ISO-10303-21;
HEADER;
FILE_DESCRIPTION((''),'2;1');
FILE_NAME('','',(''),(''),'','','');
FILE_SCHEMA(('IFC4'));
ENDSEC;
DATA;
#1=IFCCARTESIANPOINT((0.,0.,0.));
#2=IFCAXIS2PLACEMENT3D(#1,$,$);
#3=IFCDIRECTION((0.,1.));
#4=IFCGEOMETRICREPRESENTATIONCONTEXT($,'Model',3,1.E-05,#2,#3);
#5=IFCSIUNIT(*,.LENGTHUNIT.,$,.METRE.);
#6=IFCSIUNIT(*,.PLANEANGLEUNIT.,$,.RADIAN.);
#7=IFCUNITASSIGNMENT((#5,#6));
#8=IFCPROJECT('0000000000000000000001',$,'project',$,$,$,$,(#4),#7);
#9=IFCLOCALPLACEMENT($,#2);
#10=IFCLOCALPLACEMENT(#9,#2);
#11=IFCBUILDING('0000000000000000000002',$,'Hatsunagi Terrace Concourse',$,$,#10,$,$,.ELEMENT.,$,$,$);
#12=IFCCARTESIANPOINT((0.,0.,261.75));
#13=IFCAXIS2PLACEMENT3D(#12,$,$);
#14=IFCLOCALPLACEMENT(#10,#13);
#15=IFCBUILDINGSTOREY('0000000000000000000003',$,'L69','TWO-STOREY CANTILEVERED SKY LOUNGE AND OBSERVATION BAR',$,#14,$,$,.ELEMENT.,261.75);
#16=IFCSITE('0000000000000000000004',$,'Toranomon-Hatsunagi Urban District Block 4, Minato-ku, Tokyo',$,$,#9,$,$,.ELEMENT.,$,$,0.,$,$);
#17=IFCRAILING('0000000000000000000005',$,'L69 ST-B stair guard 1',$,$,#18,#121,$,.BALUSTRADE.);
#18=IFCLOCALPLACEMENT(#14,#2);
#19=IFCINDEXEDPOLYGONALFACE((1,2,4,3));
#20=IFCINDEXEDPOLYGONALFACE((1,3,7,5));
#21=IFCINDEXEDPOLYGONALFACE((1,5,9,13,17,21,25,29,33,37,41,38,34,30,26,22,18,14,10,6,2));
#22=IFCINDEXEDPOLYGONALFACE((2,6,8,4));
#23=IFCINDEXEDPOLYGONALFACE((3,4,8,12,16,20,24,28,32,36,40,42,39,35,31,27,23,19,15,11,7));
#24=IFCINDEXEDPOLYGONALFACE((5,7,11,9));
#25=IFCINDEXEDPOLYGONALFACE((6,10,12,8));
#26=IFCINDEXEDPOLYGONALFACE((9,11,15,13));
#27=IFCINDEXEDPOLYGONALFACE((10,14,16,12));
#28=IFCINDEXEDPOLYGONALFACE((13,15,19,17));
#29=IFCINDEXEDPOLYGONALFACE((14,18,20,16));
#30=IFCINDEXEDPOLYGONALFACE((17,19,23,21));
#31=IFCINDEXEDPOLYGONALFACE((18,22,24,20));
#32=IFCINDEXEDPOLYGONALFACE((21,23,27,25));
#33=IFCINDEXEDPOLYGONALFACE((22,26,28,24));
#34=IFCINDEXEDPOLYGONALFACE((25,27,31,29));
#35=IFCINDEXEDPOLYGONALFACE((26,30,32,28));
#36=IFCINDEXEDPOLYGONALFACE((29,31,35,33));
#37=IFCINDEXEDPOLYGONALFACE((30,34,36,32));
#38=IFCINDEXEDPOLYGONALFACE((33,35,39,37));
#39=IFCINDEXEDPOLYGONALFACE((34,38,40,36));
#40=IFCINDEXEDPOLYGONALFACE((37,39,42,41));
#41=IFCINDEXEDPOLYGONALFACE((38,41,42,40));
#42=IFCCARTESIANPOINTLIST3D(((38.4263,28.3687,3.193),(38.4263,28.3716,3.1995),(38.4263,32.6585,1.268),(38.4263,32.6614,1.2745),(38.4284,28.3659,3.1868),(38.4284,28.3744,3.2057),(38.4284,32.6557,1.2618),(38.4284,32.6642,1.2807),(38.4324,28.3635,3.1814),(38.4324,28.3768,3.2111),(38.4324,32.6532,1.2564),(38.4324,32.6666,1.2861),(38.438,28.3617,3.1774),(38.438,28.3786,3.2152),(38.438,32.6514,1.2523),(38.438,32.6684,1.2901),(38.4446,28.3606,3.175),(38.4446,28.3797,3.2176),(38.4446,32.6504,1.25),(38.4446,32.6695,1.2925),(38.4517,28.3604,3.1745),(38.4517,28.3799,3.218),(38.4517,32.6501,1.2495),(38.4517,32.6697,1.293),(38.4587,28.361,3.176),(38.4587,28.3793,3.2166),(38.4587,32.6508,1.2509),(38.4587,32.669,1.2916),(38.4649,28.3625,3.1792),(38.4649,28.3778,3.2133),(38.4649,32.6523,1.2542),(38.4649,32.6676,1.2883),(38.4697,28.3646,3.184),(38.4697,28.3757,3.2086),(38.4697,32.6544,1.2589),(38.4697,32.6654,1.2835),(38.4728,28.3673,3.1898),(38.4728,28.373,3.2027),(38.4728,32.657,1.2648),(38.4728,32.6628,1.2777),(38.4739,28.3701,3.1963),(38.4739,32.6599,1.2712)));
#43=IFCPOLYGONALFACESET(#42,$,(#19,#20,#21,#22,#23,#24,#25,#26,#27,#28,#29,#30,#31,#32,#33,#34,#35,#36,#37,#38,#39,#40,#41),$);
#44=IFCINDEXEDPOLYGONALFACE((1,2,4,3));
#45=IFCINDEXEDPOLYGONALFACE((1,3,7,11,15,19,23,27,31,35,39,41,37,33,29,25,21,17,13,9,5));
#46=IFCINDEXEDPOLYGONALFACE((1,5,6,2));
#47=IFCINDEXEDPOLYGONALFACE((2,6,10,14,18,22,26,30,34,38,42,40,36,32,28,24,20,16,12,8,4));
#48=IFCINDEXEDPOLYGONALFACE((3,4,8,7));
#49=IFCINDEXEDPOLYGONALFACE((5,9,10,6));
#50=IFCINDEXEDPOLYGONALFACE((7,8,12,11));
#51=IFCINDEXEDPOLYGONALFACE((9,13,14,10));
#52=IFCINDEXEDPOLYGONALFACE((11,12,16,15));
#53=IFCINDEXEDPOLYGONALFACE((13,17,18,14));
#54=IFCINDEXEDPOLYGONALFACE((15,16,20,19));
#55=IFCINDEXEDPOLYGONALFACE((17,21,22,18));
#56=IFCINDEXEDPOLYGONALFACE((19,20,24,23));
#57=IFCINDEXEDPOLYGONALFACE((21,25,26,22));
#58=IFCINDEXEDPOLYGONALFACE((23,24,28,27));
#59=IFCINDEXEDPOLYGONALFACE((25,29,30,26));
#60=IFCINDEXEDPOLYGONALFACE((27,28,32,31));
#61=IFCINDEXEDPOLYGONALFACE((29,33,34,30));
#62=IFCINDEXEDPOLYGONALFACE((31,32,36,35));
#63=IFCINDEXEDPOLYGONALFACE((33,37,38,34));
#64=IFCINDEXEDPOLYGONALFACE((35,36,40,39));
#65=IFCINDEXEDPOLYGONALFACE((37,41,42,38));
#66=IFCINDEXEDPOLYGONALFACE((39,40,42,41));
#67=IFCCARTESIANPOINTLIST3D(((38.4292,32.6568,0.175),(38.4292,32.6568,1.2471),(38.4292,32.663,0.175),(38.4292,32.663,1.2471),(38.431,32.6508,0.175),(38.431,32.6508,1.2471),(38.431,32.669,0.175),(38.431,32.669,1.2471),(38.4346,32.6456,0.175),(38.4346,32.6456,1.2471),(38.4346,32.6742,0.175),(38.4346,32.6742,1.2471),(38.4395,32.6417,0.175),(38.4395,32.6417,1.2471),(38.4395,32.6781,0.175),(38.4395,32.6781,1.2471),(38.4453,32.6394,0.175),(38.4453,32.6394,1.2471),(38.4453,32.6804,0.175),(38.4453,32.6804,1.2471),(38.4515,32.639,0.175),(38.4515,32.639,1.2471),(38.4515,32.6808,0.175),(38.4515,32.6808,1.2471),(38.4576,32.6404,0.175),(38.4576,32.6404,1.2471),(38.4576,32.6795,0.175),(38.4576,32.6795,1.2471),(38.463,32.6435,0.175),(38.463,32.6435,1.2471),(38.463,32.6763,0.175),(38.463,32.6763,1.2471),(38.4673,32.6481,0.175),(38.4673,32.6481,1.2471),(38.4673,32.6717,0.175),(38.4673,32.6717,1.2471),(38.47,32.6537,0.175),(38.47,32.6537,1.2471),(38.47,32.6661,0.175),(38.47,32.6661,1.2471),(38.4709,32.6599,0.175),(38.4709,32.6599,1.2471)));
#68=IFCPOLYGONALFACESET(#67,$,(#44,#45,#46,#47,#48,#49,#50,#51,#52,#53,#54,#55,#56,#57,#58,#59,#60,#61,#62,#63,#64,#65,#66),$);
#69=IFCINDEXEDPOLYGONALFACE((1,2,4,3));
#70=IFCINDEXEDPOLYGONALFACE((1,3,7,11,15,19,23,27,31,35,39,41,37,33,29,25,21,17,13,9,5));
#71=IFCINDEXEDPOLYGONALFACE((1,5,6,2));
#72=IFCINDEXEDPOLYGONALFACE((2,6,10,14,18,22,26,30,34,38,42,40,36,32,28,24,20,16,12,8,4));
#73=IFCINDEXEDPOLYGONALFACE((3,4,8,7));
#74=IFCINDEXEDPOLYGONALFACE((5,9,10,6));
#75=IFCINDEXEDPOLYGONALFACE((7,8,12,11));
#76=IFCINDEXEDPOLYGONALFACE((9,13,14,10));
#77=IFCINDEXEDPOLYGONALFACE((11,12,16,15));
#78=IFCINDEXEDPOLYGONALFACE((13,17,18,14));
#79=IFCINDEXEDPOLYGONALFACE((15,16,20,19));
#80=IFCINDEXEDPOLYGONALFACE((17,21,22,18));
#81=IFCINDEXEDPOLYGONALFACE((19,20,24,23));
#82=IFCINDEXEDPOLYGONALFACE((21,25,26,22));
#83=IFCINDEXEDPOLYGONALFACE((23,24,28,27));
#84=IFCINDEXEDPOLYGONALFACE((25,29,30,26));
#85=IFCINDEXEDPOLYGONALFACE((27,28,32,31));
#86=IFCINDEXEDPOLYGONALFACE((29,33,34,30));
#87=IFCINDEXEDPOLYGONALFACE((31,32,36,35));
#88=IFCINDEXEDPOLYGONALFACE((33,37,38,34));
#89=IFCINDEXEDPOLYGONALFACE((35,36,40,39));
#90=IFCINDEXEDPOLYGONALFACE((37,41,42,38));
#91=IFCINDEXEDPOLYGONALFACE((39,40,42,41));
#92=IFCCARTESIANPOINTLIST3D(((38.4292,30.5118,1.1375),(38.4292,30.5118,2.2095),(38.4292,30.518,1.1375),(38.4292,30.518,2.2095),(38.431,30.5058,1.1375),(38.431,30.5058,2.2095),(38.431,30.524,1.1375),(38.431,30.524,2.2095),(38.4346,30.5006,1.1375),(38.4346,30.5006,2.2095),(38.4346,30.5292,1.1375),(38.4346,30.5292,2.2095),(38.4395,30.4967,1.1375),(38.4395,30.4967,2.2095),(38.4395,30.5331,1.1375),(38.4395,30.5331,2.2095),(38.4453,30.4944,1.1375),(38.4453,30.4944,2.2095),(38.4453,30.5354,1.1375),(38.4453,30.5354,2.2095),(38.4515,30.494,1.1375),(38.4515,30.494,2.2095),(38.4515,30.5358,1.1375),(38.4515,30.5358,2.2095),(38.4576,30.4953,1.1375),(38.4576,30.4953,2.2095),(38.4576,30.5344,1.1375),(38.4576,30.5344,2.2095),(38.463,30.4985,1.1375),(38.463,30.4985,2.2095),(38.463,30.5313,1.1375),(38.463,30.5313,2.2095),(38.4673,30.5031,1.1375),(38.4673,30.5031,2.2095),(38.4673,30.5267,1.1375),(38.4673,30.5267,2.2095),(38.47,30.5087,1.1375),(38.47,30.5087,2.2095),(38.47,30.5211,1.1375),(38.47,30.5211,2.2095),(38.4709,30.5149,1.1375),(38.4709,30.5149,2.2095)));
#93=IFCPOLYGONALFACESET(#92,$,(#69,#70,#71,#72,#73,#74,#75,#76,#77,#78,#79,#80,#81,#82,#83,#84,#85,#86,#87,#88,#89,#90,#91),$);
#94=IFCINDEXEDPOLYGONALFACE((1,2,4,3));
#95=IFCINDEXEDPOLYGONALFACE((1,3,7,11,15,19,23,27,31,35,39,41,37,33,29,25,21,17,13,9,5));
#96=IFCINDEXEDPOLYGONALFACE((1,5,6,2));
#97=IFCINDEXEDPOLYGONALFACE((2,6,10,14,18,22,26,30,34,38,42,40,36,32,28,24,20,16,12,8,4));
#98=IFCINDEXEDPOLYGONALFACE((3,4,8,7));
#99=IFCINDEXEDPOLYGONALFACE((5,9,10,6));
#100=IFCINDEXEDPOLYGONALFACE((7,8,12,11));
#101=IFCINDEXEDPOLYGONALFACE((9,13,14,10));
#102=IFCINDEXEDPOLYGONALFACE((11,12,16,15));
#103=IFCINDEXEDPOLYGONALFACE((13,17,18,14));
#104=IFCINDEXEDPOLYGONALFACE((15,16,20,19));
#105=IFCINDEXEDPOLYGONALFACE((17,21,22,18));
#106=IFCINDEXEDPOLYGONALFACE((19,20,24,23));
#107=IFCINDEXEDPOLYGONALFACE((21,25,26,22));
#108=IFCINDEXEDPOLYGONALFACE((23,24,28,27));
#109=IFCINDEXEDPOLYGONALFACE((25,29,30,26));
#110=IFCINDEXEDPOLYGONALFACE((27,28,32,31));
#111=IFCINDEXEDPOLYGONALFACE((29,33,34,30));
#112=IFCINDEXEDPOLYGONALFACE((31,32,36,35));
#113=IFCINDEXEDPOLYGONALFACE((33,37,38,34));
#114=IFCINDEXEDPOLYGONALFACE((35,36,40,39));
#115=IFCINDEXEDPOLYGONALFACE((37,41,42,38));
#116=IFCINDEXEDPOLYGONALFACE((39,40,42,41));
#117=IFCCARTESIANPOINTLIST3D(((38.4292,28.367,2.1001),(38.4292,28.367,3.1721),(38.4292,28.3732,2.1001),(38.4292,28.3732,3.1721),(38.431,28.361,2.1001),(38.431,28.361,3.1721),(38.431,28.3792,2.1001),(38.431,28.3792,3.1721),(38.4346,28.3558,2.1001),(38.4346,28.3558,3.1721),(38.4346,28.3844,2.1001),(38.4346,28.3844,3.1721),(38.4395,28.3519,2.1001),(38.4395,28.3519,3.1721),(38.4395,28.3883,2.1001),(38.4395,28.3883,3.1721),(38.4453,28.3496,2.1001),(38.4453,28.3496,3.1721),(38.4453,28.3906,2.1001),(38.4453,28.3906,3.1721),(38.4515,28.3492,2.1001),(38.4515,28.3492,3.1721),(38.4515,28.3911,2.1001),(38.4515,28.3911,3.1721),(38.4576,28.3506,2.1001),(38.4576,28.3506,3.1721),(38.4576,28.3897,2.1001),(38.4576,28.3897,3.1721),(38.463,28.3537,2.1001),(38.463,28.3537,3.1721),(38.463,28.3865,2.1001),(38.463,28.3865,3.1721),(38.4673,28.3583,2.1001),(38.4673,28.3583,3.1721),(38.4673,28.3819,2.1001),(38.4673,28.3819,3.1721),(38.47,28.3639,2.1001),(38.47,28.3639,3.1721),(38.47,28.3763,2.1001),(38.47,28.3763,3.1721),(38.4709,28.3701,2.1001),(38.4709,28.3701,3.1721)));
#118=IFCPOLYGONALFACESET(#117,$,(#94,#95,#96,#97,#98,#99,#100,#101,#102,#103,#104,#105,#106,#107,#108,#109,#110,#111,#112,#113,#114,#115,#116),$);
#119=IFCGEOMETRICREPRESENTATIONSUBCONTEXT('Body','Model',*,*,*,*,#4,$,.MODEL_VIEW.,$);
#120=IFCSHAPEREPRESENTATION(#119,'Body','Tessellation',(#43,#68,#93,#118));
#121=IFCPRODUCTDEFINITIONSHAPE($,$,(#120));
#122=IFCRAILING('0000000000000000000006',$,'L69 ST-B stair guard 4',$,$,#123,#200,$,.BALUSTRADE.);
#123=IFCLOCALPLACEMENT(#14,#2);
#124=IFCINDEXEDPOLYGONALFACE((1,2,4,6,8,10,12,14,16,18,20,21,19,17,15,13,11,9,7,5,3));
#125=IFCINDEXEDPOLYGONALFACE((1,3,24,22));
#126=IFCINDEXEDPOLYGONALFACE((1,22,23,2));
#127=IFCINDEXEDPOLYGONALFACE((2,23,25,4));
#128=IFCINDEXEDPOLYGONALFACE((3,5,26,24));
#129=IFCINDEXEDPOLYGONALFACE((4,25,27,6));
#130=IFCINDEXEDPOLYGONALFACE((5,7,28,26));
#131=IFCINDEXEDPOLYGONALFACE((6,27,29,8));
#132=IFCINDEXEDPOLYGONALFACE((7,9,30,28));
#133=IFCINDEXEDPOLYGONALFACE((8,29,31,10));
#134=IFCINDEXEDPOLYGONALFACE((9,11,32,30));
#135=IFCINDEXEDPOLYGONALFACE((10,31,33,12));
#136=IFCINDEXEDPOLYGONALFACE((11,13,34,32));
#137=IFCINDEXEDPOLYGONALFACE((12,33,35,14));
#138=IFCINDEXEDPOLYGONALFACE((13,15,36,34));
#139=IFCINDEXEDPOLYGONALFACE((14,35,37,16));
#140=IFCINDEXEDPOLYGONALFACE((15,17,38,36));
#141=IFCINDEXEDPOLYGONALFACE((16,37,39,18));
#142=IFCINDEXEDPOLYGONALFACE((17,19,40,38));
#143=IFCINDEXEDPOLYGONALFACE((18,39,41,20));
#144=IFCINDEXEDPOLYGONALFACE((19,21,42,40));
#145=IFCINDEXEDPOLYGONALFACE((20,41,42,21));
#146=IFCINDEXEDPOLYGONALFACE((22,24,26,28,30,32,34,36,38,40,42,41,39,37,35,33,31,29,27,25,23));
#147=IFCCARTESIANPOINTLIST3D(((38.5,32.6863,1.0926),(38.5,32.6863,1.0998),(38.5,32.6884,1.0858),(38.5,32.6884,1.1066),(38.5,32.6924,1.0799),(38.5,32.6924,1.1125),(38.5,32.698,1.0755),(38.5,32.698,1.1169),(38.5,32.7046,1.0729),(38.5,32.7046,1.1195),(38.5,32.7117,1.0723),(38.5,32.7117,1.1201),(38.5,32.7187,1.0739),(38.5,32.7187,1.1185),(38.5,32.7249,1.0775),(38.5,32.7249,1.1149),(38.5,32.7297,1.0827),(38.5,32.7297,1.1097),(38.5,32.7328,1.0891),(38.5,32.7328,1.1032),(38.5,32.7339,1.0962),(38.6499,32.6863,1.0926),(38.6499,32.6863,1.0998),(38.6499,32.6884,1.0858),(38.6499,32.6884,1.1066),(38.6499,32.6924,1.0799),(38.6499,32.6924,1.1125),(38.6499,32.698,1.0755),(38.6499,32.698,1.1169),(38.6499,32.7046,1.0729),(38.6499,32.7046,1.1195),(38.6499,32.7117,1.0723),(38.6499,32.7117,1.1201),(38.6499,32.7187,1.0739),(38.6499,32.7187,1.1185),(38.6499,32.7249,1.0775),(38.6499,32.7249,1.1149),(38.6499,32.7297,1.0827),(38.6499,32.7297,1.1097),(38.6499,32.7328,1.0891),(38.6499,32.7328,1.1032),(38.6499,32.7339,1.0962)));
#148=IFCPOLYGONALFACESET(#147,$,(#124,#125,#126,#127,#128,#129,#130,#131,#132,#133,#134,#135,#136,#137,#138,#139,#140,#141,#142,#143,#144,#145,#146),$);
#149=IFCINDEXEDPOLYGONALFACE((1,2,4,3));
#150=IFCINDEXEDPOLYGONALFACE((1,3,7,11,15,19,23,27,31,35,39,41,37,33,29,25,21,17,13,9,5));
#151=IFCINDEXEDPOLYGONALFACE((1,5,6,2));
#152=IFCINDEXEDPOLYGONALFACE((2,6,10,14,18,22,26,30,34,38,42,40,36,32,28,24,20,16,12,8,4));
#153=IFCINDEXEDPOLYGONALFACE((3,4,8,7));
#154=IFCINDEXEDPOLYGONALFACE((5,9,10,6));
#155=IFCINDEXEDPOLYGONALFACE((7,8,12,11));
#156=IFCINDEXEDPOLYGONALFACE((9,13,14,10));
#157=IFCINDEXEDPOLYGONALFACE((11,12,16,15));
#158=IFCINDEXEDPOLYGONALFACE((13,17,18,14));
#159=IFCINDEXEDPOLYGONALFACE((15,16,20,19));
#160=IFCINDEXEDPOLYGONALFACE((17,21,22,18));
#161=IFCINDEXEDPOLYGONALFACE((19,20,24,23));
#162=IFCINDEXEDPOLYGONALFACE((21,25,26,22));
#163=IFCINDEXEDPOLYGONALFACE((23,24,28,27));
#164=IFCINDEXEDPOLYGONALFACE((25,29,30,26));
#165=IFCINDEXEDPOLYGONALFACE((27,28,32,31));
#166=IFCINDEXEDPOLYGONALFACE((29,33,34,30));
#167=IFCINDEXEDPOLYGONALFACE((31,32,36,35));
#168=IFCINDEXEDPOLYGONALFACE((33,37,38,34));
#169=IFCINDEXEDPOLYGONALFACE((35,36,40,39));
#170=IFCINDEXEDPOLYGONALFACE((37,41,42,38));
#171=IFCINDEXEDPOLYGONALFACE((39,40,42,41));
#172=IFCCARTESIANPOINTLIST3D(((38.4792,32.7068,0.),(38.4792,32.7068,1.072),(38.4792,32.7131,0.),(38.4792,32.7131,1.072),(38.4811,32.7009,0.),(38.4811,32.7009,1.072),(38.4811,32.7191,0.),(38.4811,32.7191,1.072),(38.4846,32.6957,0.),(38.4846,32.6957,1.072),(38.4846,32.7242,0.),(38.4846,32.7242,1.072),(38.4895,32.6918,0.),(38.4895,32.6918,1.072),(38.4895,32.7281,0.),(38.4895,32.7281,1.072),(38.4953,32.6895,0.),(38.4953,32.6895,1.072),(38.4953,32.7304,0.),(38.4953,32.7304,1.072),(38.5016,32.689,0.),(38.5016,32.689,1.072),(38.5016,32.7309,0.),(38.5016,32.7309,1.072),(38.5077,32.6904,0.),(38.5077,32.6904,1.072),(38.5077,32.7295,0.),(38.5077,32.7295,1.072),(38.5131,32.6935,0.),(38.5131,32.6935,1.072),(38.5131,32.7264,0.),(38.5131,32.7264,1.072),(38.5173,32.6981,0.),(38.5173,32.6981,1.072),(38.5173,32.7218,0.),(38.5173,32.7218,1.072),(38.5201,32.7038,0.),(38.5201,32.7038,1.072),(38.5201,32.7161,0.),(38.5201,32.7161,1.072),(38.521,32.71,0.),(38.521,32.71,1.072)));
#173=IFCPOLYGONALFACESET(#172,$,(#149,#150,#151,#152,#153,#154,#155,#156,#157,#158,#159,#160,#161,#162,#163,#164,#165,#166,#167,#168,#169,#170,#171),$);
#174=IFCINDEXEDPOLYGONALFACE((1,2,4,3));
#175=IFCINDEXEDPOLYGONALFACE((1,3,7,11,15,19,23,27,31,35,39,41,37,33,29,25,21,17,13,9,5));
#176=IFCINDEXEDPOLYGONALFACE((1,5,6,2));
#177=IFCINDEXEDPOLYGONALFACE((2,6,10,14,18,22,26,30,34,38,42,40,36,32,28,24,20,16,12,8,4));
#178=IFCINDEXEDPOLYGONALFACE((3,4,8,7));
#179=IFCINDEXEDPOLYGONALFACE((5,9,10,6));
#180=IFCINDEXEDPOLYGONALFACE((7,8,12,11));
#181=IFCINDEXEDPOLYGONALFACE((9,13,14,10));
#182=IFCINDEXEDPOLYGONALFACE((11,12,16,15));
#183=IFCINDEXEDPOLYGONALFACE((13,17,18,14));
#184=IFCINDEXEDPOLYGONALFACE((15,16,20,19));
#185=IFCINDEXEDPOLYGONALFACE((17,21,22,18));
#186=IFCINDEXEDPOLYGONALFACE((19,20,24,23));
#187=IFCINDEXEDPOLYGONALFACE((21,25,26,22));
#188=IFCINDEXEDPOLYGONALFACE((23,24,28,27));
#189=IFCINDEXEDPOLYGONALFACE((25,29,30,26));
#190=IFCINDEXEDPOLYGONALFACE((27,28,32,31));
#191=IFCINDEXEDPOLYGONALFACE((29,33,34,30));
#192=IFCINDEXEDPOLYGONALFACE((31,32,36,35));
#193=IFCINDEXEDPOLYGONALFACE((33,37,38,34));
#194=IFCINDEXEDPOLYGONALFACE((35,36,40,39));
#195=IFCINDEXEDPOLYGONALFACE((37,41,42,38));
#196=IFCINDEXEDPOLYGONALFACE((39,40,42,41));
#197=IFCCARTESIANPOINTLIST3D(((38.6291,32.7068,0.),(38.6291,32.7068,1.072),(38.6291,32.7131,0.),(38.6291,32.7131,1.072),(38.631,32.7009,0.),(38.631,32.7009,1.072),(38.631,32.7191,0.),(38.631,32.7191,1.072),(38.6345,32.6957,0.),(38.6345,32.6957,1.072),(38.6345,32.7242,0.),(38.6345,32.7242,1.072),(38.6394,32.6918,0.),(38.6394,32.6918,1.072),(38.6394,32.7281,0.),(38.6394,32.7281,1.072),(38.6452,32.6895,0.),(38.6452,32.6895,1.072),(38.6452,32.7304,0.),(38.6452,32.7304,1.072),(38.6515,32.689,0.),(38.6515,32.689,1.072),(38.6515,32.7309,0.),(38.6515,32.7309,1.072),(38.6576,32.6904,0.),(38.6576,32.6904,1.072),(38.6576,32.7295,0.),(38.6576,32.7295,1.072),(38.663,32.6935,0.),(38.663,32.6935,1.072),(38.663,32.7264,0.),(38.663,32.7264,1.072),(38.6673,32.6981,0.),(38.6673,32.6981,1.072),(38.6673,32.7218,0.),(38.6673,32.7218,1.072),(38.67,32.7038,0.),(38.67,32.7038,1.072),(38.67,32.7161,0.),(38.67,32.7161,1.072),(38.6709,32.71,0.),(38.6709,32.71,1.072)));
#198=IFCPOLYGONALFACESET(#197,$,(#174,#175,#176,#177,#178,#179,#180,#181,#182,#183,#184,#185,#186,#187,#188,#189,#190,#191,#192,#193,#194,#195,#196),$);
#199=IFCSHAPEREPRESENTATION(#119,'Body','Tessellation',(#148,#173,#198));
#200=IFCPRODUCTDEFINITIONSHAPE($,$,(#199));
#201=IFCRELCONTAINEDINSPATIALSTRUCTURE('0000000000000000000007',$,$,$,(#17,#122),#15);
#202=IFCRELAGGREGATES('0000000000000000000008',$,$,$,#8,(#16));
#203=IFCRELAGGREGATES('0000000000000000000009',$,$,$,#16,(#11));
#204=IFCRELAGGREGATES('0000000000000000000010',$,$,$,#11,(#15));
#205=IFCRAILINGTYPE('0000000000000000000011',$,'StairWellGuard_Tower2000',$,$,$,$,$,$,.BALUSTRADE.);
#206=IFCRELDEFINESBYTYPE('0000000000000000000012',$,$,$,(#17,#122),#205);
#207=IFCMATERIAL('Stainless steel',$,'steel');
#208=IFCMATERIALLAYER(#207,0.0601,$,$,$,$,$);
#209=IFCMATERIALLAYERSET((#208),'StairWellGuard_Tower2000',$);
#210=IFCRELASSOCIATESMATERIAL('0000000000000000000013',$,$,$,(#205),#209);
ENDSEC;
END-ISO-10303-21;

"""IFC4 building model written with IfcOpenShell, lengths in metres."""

from ifc_helpers import new_model, si_unit, direction, frame, origin, origin_2d, place, context, subcontext, project, spatial, circle, extrude, material, layer, layer_set, type_object, element, save


model = new_model("IFC4")

# Units and contexts
model_context = context("Model", 3, precision=1e-05, world=origin(), true_north=direction((0.0, 1.0)))
body_context = subcontext(model_context, "Body", "Model", "MODEL_VIEW")
ifc_project = project(units=[si_unit("LENGTHUNIT", "METRE"), si_unit("PLANEANGLEUNIT", "RADIAN")], contexts=[model_context])

# Site, building, storey
site_placement = place(None, origin())
site = spatial("IfcSite", under=ifc_project, at=site_placement, Name="Toranomon-Hatsunagi Urban District Block 4, Minato-ku, Tokyo", CompositionType="ELEMENT", RefElevation=0.0)
building_placement = place(site_placement, origin())
building = spatial("IfcBuilding", under=site, at=building_placement, Name="Hatsunagi Terrace Concourse", CompositionType="ELEMENT")
storey_placement = place(building_placement, frame((0.0, 0.0, 261.75)))
storey = spatial("IfcBuildingStorey", under=building, at=storey_placement, Name="L69", Description="TWO-STOREY CANTILEVERED SKY LOUNGE AND OBSERVATION BAR", CompositionType="ELEMENT", Elevation=261.75)

# Railings
ifc_material_1 = material(Name="Stainless steel", Category="steel")
ifc_layer_1 = layer(ifc_material_1, 0.0601)
ifc_layer_set_1 = layer_set([ifc_layer_1], Name="StairWellGuard_Tower2000")
railing_type_1 = type_object("IfcRailingType", Name="StairWellGuard_Tower2000", PredefinedType="BALUSTRADE", material=ifc_layer_set_1)
railing_1_placement = place(storey_placement, frame((38.45, 32.6599, 0.175)))
element("IfcRailing", 1, at=railing_1_placement, inside=storey, type_object=railing_type_1, Name="L69 ST-B stair guard 1", PredefinedType="BALUSTRADE", context=body_context, shape_type="SweptSolid", body=[
    extrude(circle(Radius=0.0239, at=origin_2d()), frame((0.0, 0.0, 1.0962), z_axis=(0.0, -0.912348, 0.409417), x_axis=(1.0, 0.0, 0.0)), (0.0, 0.0, 1.0), 4.7019),
    extrude(circle(Radius=0.021, at=origin_2d()), origin(), (0.0, 0.0, 1.0), 1.072),
    extrude(circle(Radius=0.021, at=origin_2d()), frame((0.0, -2.145, 0.9624)), (0.0, 0.0, 1.0), 1.072),
    extrude(circle(Radius=0.021, at=origin_2d()), frame((0.0, -4.2898, 1.925)), (0.0, 0.0, 1.0), 1.072),
])
railing_2_placement = place(storey_placement, frame((38.5, 32.71, 0.0)))
element("IfcRailing", 2, at=railing_2_placement, inside=storey, type_object=railing_type_1, Name="L69 ST-B stair guard 4", PredefinedType="BALUSTRADE", context=body_context, shape_type="SweptSolid", body=[
    extrude(circle(Radius=0.0239, at=origin_2d()), frame((0.0, 0.0, 1.0962), z_axis=(1.0, 0.0, 0.0), x_axis=(0.0, 1.0, 0.0)), (0.0, 0.0, 1.0), 0.1499),
    extrude(circle(Radius=0.021, at=origin_2d()), origin(), (0.0, 0.0, 1.0), 1.072),
    extrude(circle(Radius=0.021, at=origin_2d()), frame((0.1499, 0.0, 0.0)), (0.0, 0.0, 1.0), 1.072),
])

save(model, "model.ifc")
